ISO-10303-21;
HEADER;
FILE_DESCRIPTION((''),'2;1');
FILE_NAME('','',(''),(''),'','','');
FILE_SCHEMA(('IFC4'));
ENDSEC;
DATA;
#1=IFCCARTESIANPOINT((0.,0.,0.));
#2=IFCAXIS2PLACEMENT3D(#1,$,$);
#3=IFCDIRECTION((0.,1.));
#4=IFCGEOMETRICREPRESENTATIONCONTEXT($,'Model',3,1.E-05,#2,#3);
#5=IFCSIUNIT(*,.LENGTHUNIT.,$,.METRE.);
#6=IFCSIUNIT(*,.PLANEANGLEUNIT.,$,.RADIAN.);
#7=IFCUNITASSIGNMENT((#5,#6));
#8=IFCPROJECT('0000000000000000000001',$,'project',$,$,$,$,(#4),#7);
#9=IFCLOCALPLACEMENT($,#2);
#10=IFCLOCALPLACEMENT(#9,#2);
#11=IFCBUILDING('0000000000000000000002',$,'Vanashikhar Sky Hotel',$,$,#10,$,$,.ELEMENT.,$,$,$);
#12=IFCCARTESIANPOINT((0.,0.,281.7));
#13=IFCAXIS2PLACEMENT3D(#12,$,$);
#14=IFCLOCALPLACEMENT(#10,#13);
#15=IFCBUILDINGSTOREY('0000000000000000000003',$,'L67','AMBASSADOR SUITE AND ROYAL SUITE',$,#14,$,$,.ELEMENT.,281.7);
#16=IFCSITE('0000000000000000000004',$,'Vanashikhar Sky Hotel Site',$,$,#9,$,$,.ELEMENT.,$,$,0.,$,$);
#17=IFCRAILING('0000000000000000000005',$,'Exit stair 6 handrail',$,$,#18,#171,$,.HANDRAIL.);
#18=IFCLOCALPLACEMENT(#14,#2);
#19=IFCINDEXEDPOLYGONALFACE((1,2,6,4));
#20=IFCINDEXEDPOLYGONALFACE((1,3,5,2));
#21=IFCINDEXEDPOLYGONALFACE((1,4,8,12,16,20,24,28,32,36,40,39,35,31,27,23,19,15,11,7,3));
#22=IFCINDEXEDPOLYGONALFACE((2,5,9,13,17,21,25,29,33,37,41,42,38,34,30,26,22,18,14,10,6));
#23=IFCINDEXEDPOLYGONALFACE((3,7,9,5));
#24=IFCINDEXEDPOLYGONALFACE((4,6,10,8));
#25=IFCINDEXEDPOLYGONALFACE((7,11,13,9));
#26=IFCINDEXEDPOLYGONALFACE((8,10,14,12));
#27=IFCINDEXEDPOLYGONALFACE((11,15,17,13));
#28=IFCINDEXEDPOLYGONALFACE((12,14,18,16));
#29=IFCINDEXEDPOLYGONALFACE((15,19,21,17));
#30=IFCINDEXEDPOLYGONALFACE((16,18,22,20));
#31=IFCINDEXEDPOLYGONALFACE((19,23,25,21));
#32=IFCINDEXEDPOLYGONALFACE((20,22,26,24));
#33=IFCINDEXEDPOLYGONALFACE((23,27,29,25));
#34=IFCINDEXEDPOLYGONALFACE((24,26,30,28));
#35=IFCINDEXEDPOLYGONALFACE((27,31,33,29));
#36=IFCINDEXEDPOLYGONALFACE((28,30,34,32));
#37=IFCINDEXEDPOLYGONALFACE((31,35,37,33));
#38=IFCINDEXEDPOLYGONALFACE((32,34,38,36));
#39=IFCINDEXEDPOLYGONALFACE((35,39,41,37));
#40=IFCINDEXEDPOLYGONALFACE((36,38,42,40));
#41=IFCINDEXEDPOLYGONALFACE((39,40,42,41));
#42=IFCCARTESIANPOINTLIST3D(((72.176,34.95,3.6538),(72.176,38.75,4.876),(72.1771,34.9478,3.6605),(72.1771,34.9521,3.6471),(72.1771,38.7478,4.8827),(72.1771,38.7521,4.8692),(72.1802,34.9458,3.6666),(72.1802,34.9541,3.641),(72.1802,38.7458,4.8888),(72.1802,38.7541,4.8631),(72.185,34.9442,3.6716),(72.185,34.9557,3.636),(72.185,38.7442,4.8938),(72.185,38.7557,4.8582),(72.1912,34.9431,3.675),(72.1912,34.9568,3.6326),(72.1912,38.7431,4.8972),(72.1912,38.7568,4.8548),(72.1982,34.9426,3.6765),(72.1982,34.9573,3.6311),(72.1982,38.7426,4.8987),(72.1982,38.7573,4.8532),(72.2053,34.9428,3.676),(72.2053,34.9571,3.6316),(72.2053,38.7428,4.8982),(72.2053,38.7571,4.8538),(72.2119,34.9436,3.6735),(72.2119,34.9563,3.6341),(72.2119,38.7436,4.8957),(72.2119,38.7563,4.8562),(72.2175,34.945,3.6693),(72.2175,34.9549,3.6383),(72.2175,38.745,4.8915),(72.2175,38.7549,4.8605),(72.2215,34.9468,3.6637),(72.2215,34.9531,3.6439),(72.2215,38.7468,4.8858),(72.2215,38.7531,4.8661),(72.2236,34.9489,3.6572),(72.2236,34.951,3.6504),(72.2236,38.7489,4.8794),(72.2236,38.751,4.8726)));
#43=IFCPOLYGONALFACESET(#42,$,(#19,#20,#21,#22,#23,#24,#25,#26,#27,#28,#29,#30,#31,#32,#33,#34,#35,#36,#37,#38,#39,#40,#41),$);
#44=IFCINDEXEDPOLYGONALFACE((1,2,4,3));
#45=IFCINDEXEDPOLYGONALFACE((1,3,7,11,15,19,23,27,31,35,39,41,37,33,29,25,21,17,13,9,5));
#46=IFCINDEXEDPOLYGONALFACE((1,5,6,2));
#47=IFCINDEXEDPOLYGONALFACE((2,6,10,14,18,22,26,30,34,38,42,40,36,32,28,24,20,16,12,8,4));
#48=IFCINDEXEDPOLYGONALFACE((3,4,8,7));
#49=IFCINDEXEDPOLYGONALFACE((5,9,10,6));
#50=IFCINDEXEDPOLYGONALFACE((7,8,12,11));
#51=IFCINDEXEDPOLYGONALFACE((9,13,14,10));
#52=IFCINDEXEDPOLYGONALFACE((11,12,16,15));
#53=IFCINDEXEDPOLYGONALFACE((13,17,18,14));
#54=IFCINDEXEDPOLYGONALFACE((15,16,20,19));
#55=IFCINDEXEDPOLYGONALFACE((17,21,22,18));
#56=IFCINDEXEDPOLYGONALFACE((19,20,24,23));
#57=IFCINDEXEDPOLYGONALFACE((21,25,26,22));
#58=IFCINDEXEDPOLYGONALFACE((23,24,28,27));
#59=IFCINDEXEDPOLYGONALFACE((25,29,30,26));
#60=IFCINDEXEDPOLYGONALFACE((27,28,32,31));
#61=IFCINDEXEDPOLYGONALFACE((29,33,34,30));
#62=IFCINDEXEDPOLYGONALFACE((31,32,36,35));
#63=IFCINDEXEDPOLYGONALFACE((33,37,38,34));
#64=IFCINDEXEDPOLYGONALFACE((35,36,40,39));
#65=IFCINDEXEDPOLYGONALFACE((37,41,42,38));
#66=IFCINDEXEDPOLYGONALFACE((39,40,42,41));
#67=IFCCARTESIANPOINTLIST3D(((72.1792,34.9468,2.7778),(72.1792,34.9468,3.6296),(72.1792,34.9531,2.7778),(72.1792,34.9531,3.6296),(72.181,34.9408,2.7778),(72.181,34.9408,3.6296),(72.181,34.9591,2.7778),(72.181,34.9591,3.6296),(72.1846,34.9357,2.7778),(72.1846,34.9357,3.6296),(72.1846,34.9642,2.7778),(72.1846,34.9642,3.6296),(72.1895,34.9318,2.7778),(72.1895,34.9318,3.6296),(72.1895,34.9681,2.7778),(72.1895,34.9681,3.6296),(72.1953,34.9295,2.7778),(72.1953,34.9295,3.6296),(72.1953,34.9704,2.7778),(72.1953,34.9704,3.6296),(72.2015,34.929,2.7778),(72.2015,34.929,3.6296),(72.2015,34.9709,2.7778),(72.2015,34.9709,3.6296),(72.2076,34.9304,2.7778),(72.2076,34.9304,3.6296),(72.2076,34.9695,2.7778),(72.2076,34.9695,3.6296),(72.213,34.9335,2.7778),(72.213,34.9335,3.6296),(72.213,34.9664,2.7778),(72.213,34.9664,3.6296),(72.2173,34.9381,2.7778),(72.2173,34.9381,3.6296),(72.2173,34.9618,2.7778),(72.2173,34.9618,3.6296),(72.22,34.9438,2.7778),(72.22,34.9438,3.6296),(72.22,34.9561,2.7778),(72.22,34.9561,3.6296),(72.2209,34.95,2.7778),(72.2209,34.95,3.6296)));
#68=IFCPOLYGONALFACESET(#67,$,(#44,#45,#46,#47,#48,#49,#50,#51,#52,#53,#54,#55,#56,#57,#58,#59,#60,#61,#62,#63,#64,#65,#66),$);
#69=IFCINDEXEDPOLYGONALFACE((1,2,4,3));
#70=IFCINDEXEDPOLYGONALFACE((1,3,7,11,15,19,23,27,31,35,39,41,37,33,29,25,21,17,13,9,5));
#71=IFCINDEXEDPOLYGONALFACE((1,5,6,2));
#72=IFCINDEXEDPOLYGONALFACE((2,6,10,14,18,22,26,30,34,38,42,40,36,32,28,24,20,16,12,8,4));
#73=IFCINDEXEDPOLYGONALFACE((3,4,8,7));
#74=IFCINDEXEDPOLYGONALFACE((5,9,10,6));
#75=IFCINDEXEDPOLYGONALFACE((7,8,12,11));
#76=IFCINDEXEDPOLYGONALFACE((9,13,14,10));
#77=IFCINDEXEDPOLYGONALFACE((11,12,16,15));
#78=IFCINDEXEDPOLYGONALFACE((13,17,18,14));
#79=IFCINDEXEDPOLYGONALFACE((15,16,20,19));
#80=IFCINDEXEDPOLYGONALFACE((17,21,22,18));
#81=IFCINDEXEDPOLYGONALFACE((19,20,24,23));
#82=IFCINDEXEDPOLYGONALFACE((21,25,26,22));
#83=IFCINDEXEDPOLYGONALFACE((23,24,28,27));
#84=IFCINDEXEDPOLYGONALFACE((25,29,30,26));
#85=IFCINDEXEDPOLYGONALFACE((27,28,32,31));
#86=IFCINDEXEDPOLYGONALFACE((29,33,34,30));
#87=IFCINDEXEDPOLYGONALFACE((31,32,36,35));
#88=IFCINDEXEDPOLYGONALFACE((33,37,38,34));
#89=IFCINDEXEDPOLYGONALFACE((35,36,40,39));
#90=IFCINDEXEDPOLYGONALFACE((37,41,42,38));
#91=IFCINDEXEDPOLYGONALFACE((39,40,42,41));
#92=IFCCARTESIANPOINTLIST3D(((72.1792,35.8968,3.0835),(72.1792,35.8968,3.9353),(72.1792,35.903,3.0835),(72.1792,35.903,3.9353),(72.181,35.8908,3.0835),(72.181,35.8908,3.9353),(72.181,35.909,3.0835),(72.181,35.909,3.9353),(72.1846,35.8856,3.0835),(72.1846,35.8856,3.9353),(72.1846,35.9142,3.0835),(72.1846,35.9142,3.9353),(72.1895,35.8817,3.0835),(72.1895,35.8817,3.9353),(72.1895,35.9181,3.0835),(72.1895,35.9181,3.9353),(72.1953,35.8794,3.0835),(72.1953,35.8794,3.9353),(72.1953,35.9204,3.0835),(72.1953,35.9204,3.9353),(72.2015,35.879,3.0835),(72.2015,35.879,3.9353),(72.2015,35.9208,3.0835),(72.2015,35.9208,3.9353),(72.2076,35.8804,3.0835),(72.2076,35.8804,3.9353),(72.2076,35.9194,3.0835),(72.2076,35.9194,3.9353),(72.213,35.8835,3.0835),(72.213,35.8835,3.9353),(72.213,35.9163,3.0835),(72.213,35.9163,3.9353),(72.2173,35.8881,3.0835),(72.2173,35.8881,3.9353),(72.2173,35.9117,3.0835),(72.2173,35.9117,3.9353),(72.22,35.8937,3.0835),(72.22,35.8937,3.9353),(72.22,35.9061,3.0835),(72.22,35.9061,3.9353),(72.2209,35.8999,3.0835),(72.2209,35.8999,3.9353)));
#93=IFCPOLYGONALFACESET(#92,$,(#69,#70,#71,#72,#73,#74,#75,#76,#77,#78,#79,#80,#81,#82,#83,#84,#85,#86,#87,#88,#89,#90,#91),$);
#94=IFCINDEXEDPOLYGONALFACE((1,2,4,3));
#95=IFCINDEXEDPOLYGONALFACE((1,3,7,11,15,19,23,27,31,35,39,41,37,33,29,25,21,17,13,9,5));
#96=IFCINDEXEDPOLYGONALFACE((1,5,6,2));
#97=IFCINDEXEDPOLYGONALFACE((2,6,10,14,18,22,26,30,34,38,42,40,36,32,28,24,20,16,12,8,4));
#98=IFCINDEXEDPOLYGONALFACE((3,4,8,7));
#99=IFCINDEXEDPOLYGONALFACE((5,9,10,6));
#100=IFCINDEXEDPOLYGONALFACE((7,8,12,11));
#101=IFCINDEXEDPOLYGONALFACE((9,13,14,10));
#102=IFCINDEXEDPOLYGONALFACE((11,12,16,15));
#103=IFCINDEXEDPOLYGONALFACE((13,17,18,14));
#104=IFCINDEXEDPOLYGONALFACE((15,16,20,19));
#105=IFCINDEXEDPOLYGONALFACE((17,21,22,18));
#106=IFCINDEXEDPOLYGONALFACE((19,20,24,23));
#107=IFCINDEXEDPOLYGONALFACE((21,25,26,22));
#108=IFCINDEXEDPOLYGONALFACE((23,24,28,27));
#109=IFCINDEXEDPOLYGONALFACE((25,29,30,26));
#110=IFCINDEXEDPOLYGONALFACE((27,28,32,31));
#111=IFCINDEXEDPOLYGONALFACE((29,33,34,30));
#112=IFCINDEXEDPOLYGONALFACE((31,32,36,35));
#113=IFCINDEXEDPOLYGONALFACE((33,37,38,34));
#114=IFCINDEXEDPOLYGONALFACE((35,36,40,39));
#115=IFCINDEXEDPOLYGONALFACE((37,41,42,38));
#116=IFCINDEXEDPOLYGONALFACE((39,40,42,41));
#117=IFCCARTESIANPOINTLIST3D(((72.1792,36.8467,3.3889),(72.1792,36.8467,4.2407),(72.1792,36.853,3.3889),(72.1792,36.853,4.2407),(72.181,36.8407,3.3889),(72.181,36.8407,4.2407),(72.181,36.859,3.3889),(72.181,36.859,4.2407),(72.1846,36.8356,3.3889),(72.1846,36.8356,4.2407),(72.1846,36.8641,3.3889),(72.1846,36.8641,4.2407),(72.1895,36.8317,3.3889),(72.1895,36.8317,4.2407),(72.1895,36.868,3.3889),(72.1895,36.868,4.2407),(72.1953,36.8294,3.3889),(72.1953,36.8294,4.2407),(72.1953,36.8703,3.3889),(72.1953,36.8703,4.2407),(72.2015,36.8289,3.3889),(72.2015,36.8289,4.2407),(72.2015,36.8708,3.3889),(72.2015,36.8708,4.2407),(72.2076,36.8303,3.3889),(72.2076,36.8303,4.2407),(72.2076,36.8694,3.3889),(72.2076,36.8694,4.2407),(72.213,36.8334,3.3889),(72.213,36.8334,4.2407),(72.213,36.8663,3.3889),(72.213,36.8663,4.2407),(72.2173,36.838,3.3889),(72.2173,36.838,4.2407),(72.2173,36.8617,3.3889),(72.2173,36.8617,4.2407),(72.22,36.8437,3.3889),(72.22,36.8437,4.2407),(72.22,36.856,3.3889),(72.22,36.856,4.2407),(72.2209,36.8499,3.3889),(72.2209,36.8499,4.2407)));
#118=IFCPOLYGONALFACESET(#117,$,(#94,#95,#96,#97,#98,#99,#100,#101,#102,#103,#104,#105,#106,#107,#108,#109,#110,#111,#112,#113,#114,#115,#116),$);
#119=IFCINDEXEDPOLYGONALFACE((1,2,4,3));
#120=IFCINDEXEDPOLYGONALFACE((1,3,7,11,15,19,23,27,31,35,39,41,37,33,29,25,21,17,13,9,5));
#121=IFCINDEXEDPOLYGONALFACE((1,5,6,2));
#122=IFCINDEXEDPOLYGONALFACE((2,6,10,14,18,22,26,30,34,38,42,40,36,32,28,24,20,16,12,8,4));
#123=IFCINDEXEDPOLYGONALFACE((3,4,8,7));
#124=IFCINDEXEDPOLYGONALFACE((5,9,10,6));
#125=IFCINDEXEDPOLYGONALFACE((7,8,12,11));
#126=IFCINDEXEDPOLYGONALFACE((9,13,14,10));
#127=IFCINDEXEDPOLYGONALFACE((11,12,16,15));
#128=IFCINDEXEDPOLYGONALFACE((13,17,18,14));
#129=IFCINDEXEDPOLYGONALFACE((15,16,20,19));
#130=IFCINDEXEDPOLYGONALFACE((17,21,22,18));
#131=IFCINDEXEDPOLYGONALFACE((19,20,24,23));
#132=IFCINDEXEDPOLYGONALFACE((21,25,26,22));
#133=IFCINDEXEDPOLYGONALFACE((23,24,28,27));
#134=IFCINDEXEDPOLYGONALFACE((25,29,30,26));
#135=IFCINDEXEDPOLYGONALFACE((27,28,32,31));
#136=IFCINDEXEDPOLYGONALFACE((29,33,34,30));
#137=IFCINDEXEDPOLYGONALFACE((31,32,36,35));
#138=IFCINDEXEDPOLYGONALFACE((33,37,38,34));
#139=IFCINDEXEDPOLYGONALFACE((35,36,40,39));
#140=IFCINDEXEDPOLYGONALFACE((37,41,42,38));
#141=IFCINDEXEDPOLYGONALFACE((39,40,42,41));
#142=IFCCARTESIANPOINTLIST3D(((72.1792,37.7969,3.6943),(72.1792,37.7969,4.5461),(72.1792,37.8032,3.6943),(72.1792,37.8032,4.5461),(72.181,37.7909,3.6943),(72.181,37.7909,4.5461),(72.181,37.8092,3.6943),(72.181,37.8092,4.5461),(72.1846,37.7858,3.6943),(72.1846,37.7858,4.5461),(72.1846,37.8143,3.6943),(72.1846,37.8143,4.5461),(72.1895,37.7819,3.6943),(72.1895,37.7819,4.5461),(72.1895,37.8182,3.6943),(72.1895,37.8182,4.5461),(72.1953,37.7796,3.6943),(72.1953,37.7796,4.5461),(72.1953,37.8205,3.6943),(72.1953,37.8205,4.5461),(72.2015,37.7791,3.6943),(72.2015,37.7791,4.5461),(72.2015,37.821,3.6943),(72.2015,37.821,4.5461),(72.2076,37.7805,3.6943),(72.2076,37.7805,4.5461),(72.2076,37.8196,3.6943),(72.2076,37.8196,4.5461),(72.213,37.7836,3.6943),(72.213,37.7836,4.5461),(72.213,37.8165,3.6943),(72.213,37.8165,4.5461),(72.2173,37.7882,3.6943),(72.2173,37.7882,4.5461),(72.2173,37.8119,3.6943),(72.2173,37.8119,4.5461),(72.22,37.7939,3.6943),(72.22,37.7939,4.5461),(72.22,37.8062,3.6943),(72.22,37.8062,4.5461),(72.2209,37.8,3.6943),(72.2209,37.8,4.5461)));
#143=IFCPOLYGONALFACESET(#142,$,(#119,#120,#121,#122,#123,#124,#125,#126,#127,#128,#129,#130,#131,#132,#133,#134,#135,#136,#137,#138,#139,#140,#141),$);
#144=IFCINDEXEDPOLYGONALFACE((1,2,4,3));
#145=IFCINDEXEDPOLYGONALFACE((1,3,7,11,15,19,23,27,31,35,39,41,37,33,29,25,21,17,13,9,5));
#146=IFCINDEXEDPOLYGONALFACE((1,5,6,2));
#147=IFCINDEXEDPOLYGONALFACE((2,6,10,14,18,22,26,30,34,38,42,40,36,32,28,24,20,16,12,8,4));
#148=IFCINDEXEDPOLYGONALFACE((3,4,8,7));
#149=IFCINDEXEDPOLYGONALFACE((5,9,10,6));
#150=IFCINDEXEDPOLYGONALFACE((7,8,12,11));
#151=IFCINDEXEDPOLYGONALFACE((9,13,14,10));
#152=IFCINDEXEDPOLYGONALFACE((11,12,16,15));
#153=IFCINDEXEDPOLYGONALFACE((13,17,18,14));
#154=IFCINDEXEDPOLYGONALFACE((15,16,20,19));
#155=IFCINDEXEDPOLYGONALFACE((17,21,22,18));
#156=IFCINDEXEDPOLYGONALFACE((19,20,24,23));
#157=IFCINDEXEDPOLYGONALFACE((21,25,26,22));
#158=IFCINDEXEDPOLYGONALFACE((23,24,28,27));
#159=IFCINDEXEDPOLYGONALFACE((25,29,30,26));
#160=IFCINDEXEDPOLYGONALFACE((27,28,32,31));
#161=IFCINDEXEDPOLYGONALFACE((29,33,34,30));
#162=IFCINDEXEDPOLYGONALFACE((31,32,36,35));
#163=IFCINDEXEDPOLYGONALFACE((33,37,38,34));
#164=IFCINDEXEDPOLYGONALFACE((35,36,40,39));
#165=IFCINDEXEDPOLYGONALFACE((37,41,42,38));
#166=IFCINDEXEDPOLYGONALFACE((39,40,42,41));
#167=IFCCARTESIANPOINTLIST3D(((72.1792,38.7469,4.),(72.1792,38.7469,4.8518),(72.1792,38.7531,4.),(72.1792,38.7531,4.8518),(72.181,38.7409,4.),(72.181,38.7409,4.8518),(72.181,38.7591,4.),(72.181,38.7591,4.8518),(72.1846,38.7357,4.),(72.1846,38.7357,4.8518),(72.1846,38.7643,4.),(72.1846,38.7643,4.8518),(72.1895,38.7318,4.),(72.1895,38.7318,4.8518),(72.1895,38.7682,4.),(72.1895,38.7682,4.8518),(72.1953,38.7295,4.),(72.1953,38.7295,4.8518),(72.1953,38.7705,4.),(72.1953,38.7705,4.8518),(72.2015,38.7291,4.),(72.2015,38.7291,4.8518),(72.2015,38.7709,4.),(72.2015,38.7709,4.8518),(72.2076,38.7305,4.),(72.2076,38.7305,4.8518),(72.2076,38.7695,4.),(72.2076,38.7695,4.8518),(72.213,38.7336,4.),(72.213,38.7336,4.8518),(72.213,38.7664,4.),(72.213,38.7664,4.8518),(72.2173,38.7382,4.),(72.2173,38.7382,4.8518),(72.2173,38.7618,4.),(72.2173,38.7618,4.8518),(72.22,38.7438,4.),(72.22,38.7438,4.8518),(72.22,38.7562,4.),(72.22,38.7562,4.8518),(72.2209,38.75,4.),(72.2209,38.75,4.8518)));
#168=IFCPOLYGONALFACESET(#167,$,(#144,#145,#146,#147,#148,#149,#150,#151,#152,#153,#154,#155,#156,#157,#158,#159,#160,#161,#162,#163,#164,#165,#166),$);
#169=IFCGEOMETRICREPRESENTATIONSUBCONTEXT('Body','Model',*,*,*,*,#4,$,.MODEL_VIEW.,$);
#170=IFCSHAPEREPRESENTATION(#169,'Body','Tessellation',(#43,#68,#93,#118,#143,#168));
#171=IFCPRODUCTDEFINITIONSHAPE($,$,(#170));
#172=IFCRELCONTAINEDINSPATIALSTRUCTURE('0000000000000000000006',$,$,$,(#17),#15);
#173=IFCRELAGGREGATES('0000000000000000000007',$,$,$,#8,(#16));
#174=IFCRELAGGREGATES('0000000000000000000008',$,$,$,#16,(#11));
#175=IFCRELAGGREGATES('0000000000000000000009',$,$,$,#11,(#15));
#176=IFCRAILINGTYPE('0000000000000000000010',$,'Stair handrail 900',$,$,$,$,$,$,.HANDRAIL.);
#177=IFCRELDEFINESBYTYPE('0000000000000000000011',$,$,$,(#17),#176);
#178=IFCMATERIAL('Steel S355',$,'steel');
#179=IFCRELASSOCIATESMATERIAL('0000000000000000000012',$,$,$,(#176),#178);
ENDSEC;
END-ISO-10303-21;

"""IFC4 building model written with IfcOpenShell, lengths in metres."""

from ifc_helpers import new_model, si_unit, direction, frame, origin, origin_2d, place, context, subcontext, project, spatial, circle, extrude, source, transform, mapped, material, type_object, element, save


model = new_model("IFC4")

# Units and contexts
model_context = context("Model", 3, precision=1e-05, world=origin(), true_north=direction((0.0, 1.0)))
body_context = subcontext(model_context, "Body", "Model", "MODEL_VIEW")
ifc_project = project(units=[si_unit("LENGTHUNIT", "METRE"), si_unit("PLANEANGLEUNIT", "RADIAN")], contexts=[model_context])

# Site, building, storey
site_placement = place(None, origin())
site = spatial("IfcSite", under=ifc_project, at=site_placement, Name="Vanashikhar Sky Hotel Site", CompositionType="ELEMENT", RefElevation=0.0)
building_placement = place(site_placement, origin())
building = spatial("IfcBuilding", under=site, at=building_placement, Name="Vanashikhar Sky Hotel", CompositionType="ELEMENT")
storey_placement = place(building_placement, frame((0.0, 0.0, 281.7)))
storey = spatial("IfcBuildingStorey", under=building, at=storey_placement, Name="L67", Description="AMBASSADOR SUITE AND ROYAL SUITE", CompositionType="ELEMENT", Elevation=281.7)

# Railing
ifc_material_1 = material(Name="Steel S355", Category="steel")
railing_type = type_object("IfcRailingType", Name="Stair handrail 900", PredefinedType="HANDRAIL", material=ifc_material_1)
shared_shape_1 = source(origin(), body_context, "Body", "SweptSolid", [
    extrude(circle(Radius=0.0239, at=origin_2d()), frame((0.0, 0.0, 0.876), z_axis=(0.0, 0.951976, 0.306173), x_axis=(-1.0, 0.0, 0.0)), (0.0, 0.0, 1.0), 3.9917),
    extrude(circle(Radius=0.021, at=origin_2d()), origin(), (0.0, 0.0, 1.0), 0.8518),
    extrude(circle(Radius=0.021, at=origin_2d()), frame((0.0, 0.95, 0.3057)), (0.0, 0.0, 1.0), 0.8518),
    extrude(circle(Radius=0.021, at=origin_2d()), frame((0.0, 1.8999, 0.6111)), (0.0, 0.0, 1.0), 0.8518),
    extrude(circle(Radius=0.021, at=origin_2d()), frame((0.0, 2.8501, 0.9165)), (0.0, 0.0, 1.0), 0.8518),
    extrude(circle(Radius=0.021, at=origin_2d()), frame((0.0, 3.8, 1.2222)), (0.0, 0.0, 1.0), 0.8518),
])
railing_1_placement = place(storey_placement, frame((72.2, 34.95, 2.7778)))
element("IfcRailing", 1, at=railing_1_placement, inside=storey, type_object=railing_type, Name="Exit stair 6 handrail", PredefinedType="HANDRAIL", context=body_context, shape_type="MappedRepresentation", body=[
    mapped(shared_shape_1, transform((0.0, 0.0, 0.0), scale=1.0)),
])

save(model, "model.ifc")
